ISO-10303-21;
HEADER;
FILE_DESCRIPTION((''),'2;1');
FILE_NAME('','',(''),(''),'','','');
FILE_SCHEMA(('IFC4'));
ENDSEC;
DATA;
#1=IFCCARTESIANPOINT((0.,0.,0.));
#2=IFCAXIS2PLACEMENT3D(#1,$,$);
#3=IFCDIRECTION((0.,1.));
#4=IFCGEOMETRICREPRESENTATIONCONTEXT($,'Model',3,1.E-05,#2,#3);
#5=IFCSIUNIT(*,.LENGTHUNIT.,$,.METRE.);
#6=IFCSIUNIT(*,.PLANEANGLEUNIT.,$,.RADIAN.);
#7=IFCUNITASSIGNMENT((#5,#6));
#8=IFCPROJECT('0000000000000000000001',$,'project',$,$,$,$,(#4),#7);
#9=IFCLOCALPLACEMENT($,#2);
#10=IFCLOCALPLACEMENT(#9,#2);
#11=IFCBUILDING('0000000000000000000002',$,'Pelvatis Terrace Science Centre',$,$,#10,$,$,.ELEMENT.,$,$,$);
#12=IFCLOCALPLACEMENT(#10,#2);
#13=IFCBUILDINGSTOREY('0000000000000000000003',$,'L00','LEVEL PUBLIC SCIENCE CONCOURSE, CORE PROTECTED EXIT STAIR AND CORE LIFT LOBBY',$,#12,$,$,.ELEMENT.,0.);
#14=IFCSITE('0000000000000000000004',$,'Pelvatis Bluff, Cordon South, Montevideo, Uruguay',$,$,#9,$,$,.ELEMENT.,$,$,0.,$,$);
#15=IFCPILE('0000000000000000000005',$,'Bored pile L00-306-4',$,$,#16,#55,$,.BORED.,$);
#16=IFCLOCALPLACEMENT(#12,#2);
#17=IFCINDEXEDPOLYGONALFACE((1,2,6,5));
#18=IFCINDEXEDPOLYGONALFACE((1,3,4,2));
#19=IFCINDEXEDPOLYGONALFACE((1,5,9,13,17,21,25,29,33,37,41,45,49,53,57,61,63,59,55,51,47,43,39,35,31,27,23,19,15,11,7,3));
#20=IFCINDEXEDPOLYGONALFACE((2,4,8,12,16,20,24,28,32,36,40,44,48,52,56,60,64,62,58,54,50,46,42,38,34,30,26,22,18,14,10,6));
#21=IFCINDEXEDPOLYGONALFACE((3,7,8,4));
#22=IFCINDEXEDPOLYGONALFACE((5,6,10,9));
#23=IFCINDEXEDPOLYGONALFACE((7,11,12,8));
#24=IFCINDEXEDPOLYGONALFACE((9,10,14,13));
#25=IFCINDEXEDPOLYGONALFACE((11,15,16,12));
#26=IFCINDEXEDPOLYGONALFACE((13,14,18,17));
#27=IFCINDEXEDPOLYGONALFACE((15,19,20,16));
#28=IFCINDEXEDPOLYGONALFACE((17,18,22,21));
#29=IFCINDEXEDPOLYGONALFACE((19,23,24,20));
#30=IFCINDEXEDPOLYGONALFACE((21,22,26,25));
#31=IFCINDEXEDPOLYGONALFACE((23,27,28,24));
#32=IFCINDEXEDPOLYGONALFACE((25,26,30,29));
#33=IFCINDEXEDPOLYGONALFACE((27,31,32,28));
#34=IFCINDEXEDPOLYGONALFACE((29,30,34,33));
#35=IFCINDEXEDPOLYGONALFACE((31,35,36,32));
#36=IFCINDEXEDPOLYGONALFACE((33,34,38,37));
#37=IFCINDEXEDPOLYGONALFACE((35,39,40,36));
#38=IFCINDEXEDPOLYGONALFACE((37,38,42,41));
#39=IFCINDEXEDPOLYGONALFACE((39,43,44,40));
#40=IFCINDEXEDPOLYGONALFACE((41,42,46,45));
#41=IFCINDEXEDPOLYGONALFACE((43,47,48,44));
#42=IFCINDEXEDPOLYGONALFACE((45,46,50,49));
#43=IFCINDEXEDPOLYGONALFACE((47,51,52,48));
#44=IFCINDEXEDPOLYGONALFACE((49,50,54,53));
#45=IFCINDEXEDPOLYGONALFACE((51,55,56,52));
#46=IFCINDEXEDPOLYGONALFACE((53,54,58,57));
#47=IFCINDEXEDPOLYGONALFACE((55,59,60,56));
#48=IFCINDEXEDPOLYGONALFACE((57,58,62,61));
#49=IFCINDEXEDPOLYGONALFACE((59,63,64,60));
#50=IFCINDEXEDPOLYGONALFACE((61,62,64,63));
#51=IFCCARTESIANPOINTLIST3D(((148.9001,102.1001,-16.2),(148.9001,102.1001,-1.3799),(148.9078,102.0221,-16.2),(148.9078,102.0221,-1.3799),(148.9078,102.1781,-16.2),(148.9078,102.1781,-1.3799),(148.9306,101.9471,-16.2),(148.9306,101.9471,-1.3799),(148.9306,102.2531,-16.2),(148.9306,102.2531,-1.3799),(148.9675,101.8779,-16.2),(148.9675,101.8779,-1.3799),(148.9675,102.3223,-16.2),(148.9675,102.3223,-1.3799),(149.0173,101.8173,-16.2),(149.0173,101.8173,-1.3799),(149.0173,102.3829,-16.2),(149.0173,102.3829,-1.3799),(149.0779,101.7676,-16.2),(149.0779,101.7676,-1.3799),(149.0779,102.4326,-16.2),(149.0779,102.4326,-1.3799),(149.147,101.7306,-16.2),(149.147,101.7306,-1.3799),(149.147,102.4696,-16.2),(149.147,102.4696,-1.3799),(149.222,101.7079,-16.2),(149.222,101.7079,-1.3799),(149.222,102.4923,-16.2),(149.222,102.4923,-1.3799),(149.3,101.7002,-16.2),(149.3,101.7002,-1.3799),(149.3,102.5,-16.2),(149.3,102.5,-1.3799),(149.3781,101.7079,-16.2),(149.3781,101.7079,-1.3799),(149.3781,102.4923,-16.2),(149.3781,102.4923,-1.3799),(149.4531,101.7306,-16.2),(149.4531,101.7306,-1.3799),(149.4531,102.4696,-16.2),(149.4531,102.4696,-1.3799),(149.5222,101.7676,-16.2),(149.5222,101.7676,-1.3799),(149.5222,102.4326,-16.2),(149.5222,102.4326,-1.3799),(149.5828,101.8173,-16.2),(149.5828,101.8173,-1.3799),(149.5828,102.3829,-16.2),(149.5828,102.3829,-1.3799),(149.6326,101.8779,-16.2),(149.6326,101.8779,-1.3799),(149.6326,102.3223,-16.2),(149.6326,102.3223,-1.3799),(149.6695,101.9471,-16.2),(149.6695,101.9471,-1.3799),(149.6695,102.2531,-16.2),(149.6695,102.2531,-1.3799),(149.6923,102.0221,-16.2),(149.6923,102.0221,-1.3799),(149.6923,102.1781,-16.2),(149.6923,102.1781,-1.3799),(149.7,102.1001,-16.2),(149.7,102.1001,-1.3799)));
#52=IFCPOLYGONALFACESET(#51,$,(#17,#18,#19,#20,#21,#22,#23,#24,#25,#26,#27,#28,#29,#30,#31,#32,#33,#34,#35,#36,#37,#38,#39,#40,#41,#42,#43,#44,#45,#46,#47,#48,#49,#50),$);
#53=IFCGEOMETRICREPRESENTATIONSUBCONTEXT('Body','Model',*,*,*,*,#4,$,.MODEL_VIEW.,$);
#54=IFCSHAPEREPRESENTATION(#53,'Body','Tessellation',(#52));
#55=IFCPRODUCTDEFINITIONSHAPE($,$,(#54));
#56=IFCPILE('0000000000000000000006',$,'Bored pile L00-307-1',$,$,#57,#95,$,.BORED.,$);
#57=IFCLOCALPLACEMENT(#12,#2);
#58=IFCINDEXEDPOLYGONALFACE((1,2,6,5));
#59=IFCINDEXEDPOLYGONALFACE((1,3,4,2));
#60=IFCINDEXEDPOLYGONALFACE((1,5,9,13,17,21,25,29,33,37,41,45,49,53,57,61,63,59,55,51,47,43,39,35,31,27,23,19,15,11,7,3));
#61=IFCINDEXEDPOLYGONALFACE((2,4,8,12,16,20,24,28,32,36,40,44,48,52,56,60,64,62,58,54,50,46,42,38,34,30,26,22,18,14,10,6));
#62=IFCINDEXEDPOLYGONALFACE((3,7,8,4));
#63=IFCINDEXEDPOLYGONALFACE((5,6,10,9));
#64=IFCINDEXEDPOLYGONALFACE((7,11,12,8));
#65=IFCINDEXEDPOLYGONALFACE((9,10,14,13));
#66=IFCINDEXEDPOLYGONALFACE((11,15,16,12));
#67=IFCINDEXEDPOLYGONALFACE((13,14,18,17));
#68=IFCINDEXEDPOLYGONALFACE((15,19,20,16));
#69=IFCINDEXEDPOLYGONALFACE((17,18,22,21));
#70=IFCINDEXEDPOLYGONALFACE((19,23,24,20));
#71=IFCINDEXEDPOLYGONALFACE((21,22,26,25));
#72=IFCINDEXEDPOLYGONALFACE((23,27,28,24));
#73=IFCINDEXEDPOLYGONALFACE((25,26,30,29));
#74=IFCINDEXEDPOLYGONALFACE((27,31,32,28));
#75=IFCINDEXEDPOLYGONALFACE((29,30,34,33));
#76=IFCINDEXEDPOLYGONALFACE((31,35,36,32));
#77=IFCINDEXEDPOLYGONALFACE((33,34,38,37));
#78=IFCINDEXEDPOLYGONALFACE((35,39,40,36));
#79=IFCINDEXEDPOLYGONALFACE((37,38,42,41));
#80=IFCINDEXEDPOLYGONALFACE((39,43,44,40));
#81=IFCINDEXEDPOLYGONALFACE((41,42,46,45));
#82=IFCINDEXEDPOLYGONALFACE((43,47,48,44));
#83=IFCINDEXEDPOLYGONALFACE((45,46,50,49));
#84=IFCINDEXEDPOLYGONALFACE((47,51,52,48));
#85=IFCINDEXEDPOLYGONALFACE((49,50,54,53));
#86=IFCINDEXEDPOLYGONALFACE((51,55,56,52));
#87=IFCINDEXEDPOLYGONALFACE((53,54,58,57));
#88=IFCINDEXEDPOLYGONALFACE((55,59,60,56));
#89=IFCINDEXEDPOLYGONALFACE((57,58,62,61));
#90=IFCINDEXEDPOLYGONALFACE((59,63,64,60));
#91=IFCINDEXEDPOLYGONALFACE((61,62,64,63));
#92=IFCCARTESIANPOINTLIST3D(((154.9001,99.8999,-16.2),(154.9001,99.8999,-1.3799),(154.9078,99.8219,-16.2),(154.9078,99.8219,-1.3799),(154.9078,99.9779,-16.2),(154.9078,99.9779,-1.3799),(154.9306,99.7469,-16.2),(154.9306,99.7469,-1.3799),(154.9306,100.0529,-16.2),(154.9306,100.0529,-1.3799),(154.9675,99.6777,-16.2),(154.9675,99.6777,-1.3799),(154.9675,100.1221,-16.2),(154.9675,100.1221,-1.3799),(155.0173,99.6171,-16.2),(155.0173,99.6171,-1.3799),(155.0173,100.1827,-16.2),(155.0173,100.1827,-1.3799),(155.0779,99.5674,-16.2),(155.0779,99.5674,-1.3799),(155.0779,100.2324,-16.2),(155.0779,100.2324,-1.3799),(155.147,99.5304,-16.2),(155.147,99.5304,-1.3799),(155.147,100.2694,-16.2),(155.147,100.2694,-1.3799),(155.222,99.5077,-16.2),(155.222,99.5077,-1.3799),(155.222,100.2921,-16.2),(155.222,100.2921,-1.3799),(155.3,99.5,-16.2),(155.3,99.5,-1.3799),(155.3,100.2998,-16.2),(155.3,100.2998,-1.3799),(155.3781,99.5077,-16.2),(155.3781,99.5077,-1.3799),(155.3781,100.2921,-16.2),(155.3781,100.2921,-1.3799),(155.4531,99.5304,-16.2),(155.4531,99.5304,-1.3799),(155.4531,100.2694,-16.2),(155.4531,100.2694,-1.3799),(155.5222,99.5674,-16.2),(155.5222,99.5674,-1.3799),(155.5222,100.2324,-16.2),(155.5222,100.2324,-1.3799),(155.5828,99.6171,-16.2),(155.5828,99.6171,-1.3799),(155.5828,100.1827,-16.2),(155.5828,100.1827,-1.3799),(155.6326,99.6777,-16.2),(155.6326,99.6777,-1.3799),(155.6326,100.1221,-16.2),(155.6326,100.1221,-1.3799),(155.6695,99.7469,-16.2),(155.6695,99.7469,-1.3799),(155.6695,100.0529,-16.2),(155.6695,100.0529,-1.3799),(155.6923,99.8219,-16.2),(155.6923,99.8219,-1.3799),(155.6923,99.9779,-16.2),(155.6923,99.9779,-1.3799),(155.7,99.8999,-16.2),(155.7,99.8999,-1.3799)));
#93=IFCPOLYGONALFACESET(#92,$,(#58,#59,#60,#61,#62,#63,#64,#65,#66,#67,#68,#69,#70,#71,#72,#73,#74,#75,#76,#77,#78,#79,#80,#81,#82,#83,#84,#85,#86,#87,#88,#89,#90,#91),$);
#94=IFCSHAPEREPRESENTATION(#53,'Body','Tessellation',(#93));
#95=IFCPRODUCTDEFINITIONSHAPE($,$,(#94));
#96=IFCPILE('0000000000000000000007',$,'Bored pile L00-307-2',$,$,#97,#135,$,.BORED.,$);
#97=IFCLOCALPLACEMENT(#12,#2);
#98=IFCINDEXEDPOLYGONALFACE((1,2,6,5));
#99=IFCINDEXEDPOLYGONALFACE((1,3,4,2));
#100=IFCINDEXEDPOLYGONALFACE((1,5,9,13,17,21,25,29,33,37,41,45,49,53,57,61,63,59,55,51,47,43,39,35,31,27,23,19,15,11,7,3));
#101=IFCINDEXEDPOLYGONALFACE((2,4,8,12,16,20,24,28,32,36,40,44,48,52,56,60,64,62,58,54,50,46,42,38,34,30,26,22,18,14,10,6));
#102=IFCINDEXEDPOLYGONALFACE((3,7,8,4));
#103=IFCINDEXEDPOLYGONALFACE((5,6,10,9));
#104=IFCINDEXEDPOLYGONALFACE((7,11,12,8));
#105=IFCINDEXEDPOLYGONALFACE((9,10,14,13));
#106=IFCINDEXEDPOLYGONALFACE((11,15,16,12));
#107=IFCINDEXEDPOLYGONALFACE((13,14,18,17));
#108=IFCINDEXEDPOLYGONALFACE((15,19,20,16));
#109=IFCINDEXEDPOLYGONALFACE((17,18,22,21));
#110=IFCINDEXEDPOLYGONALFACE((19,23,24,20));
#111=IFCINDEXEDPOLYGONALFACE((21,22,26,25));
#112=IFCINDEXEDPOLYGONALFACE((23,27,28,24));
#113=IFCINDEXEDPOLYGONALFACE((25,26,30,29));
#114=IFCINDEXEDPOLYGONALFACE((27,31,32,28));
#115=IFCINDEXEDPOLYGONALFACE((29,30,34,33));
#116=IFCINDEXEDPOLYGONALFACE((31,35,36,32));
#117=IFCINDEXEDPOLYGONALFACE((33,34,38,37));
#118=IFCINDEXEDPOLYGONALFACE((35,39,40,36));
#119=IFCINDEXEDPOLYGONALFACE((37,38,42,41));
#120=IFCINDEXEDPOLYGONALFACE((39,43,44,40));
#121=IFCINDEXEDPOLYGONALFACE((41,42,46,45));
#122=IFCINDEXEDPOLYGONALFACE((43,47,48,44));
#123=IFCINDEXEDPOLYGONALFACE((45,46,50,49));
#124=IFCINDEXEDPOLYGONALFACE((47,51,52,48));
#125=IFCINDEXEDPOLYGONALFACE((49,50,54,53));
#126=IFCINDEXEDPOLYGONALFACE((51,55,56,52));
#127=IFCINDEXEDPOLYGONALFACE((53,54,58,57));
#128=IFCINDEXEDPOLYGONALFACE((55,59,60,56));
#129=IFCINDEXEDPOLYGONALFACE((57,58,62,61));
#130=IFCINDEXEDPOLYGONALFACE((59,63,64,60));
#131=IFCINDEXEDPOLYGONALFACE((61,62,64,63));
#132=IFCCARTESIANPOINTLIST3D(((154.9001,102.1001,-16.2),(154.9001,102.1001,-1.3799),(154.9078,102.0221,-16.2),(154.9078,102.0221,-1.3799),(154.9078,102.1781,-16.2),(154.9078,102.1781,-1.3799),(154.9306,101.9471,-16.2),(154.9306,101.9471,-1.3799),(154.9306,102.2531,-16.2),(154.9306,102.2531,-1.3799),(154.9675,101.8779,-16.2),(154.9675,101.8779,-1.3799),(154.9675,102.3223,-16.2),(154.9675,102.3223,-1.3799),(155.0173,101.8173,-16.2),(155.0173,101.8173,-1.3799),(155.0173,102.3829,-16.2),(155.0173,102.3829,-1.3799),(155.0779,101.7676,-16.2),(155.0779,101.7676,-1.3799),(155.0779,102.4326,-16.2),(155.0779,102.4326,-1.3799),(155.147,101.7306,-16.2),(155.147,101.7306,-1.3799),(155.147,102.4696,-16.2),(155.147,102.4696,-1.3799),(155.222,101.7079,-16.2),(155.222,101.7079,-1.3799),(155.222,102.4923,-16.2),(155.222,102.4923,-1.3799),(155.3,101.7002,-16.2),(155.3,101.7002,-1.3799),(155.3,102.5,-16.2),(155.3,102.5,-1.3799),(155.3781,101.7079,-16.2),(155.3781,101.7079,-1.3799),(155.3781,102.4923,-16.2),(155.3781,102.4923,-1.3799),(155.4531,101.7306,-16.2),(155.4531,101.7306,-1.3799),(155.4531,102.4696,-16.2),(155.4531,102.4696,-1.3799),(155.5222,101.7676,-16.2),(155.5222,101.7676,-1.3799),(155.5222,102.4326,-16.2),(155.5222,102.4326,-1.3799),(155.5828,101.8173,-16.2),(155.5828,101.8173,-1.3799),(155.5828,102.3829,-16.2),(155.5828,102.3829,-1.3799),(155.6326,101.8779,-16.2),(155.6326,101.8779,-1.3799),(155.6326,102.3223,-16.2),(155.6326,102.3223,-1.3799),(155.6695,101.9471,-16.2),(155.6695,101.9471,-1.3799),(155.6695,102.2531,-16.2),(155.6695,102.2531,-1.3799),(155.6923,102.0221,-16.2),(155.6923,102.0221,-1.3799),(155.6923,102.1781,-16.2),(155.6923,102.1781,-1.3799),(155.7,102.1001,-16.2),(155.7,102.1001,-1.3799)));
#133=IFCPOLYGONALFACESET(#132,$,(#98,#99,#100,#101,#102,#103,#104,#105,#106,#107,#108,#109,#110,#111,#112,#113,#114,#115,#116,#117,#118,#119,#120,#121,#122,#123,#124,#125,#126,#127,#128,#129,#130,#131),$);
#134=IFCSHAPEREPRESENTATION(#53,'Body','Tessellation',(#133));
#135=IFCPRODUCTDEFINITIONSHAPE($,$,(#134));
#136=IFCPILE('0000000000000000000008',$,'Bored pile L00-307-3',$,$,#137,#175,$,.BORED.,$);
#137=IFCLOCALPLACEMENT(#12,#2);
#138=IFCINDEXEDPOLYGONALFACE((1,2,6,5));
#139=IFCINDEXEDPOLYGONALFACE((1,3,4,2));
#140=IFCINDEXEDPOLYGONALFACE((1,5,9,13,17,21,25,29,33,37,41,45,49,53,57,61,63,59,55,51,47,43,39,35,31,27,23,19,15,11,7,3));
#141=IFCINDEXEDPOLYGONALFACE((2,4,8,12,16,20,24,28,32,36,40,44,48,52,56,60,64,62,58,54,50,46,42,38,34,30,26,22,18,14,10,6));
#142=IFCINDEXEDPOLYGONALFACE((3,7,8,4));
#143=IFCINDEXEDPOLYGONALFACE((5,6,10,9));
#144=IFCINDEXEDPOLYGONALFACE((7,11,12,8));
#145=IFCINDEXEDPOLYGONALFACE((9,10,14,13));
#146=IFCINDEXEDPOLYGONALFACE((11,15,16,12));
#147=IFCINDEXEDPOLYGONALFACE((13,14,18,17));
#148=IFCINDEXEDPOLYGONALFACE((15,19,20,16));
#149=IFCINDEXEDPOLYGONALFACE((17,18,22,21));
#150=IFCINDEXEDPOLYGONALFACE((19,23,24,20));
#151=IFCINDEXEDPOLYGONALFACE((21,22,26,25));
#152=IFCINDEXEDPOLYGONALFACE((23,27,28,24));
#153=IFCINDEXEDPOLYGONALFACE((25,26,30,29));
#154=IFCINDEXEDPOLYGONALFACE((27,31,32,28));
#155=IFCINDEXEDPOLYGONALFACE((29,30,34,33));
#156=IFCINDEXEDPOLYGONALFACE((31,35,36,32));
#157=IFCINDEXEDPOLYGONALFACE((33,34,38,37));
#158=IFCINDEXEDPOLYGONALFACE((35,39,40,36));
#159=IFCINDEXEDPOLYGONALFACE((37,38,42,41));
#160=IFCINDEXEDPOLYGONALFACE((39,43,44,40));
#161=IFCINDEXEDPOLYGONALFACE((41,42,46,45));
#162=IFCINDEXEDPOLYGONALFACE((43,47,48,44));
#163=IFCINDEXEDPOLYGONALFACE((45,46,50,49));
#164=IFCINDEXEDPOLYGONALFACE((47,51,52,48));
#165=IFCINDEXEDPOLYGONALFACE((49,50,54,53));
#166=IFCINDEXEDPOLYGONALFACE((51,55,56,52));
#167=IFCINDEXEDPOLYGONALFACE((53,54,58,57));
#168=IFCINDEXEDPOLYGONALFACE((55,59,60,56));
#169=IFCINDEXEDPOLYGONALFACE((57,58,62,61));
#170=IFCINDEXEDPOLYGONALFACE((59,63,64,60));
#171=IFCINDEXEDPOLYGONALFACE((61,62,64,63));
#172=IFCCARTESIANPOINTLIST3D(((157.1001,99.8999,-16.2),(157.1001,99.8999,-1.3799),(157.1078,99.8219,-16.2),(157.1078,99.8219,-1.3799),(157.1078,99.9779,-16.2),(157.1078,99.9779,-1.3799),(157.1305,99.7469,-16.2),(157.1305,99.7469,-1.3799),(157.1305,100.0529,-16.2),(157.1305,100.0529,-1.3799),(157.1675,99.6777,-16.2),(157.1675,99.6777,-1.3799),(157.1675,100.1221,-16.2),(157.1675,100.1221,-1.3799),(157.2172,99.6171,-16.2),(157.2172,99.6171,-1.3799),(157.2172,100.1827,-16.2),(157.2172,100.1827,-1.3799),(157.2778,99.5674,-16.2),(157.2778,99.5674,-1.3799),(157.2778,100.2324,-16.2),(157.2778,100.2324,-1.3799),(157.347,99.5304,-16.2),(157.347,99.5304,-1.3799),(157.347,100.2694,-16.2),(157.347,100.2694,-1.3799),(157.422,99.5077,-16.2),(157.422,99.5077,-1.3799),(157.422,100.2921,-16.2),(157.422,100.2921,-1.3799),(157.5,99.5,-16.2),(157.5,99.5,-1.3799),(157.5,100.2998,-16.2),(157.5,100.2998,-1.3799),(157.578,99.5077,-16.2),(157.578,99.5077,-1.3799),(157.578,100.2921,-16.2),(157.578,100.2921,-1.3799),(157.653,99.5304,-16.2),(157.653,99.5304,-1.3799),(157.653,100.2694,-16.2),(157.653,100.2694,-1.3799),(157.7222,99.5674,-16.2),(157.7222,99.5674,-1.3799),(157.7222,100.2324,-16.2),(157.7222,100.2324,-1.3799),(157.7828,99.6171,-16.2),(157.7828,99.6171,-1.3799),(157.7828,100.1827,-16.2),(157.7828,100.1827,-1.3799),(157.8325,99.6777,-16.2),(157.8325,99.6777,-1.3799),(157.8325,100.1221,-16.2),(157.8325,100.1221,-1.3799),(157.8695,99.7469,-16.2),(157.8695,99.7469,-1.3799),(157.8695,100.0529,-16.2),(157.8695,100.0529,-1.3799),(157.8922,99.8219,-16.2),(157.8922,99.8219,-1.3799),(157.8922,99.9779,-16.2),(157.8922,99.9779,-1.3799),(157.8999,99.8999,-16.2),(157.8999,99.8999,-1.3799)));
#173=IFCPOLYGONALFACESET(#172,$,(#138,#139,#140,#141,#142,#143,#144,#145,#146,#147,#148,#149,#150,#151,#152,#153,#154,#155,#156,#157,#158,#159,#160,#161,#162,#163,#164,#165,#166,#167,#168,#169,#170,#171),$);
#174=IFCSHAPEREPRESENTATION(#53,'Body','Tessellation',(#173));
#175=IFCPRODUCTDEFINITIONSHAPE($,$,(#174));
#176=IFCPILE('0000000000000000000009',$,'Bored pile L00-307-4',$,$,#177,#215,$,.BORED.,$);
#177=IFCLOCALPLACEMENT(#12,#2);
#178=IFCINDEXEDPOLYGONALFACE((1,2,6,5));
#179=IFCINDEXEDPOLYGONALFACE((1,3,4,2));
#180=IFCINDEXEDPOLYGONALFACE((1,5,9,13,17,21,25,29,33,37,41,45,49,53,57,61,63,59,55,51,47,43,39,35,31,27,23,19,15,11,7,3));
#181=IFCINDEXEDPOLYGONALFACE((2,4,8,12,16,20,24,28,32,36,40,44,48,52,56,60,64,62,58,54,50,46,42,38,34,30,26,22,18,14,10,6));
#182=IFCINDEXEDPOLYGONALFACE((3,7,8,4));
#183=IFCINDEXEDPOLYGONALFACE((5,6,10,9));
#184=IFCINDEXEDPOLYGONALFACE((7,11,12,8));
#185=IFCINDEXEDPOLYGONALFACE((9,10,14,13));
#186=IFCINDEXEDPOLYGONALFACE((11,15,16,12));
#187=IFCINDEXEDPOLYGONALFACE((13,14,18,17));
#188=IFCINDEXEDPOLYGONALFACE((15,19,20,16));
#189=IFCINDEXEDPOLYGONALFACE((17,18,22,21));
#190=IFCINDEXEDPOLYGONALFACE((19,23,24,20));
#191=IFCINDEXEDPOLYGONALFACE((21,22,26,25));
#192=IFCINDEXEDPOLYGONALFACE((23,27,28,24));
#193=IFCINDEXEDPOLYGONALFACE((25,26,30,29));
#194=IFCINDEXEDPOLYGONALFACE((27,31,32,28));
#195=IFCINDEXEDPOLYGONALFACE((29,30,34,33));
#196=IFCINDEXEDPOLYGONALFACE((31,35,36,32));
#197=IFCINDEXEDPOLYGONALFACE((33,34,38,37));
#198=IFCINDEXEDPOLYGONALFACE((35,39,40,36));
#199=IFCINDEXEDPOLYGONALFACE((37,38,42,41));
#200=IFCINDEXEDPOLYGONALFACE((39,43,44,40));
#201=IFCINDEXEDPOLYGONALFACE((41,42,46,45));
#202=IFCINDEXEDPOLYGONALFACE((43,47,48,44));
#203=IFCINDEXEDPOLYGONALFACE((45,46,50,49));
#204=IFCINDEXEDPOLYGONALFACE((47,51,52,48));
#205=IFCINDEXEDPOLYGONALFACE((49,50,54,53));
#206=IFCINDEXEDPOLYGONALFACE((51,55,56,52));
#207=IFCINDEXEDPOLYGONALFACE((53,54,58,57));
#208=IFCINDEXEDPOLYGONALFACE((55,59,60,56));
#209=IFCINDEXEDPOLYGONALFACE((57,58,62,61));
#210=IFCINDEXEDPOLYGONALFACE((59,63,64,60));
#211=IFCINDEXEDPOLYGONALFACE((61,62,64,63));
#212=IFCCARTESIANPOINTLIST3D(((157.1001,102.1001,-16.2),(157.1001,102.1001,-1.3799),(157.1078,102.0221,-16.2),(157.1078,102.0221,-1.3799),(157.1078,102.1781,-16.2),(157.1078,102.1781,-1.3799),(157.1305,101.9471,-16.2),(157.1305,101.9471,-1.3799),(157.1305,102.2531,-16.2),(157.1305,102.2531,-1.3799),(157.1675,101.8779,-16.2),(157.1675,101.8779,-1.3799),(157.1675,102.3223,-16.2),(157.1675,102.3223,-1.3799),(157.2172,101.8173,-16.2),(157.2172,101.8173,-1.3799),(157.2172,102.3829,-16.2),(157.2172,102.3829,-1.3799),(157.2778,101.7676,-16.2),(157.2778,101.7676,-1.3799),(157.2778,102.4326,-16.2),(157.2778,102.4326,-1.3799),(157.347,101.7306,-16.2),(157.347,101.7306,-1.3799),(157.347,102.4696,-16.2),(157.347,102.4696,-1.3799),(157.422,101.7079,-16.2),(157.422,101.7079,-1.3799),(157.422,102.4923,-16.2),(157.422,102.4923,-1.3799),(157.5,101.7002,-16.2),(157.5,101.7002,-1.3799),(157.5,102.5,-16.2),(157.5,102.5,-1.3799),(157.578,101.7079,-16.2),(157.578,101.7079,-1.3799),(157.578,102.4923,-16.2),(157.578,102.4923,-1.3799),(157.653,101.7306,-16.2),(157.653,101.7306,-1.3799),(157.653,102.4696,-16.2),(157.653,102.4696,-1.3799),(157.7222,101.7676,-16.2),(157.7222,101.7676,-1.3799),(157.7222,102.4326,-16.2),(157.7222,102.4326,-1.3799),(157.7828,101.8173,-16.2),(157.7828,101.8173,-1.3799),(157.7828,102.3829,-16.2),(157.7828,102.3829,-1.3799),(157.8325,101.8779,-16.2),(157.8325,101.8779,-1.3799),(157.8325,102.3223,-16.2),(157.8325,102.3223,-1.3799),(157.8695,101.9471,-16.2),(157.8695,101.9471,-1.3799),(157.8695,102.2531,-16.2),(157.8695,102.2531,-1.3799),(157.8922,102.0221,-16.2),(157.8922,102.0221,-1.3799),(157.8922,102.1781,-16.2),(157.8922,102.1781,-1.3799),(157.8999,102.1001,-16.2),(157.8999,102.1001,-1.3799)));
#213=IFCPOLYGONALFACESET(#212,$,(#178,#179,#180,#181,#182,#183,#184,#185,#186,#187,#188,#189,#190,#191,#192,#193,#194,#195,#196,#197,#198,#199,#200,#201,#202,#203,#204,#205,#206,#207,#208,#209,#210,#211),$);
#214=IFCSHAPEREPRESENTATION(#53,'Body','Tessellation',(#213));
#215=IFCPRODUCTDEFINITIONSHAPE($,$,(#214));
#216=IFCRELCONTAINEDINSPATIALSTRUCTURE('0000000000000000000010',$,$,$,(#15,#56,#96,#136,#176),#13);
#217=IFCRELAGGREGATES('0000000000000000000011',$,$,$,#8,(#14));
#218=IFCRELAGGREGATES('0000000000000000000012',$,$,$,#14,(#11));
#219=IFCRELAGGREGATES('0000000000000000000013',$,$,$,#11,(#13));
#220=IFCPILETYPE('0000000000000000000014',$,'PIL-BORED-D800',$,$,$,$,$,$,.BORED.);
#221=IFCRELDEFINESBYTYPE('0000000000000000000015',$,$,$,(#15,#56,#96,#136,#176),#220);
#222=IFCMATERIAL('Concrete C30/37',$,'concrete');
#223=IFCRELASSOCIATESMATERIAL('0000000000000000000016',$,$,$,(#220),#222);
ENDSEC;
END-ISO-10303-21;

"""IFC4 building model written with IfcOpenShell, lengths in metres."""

from ifc_helpers import new_model, si_unit, direction, frame, origin, origin_2d, place, context, subcontext, project, spatial, circle, extrude, material, material_profile, profile_set, type_object, element, save


model = new_model("IFC4")

# Units and contexts
model_context = context("Model", 3, precision=1e-05, world=origin(), true_north=direction((0.0, 1.0)))
body_context = subcontext(model_context, "Body", "Model", "MODEL_VIEW")
ifc_project = project(units=[si_unit("LENGTHUNIT", "METRE"), si_unit("PLANEANGLEUNIT", "RADIAN")], contexts=[model_context])

# Site, building, storey
site_placement = place(None, origin())
site = spatial("IfcSite", under=ifc_project, at=site_placement, Name="Pelvatis Bluff, Cordon South, Montevideo, Uruguay", CompositionType="ELEMENT", RefElevation=0.0)
building_placement = place(site_placement, origin())
building = spatial("IfcBuilding", under=site, at=building_placement, Name="Pelvatis Terrace Science Centre", CompositionType="ELEMENT")
storey_placement = place(building_placement, origin())
storey = spatial("IfcBuildingStorey", under=building, at=storey_placement, Name="L00", Description="LEVEL PUBLIC SCIENCE CONCOURSE, CORE PROTECTED EXIT STAIR AND CORE LIFT LOBBY", CompositionType="ELEMENT", Elevation=0.0)

# Piles
ifc_material_1 = material(Name="Concrete C30/37", Category="concrete")
ifc_material_profile_1 = material_profile(ifc_material_1, circle(Radius=0.3999, at=origin_2d()), Name="PILE D800")
ifc_profile_set_1 = profile_set([ifc_material_profile_1], Name="Concrete C30/37")
pile_type = type_object("IfcPileType", Name="PIL-BORED-D800", PredefinedType="BORED", material=ifc_profile_set_1)
for number, where, z_axis, x_axis, name in (
    (1, (149.3, 102.1001, -1.3799), (0.0, 0.0, -1.0), (1.0, 0.0, 0.0), "Bored pile L00-306-4"),
    (2, (155.3, 99.8999, -1.3799), (0.0, 0.0, -1.0), (1.0, 0.0, 0.0), "Bored pile L00-307-1"),
    (3, (155.3, 102.1001, -1.3799), (0.0, 0.0, -1.0), (1.0, 0.0, 0.0), "Bored pile L00-307-2"),
    (4, (157.5, 99.8999, -1.3799), (0.0, 0.0, -1.0), (1.0, 0.0, 0.0), "Bored pile L00-307-3"),
    (5, (157.5, 102.1001, -1.3799), (0.0, 0.0, -1.0), (1.0, 0.0, 0.0), "Bored pile L00-307-4"),
):
    element("IfcPile", number, at=place(storey_placement, frame(where, z_axis=z_axis, x_axis=x_axis)), inside=storey, type_object=pile_type, Name=name, PredefinedType="BORED", context=body_context, shape_type="SweptSolid", body=[
        extrude(circle(Radius=0.3999, at=origin_2d()), origin(), (0.0, 0.0, 1.0), 14.8201),
    ])

save(model, "model.ifc")
